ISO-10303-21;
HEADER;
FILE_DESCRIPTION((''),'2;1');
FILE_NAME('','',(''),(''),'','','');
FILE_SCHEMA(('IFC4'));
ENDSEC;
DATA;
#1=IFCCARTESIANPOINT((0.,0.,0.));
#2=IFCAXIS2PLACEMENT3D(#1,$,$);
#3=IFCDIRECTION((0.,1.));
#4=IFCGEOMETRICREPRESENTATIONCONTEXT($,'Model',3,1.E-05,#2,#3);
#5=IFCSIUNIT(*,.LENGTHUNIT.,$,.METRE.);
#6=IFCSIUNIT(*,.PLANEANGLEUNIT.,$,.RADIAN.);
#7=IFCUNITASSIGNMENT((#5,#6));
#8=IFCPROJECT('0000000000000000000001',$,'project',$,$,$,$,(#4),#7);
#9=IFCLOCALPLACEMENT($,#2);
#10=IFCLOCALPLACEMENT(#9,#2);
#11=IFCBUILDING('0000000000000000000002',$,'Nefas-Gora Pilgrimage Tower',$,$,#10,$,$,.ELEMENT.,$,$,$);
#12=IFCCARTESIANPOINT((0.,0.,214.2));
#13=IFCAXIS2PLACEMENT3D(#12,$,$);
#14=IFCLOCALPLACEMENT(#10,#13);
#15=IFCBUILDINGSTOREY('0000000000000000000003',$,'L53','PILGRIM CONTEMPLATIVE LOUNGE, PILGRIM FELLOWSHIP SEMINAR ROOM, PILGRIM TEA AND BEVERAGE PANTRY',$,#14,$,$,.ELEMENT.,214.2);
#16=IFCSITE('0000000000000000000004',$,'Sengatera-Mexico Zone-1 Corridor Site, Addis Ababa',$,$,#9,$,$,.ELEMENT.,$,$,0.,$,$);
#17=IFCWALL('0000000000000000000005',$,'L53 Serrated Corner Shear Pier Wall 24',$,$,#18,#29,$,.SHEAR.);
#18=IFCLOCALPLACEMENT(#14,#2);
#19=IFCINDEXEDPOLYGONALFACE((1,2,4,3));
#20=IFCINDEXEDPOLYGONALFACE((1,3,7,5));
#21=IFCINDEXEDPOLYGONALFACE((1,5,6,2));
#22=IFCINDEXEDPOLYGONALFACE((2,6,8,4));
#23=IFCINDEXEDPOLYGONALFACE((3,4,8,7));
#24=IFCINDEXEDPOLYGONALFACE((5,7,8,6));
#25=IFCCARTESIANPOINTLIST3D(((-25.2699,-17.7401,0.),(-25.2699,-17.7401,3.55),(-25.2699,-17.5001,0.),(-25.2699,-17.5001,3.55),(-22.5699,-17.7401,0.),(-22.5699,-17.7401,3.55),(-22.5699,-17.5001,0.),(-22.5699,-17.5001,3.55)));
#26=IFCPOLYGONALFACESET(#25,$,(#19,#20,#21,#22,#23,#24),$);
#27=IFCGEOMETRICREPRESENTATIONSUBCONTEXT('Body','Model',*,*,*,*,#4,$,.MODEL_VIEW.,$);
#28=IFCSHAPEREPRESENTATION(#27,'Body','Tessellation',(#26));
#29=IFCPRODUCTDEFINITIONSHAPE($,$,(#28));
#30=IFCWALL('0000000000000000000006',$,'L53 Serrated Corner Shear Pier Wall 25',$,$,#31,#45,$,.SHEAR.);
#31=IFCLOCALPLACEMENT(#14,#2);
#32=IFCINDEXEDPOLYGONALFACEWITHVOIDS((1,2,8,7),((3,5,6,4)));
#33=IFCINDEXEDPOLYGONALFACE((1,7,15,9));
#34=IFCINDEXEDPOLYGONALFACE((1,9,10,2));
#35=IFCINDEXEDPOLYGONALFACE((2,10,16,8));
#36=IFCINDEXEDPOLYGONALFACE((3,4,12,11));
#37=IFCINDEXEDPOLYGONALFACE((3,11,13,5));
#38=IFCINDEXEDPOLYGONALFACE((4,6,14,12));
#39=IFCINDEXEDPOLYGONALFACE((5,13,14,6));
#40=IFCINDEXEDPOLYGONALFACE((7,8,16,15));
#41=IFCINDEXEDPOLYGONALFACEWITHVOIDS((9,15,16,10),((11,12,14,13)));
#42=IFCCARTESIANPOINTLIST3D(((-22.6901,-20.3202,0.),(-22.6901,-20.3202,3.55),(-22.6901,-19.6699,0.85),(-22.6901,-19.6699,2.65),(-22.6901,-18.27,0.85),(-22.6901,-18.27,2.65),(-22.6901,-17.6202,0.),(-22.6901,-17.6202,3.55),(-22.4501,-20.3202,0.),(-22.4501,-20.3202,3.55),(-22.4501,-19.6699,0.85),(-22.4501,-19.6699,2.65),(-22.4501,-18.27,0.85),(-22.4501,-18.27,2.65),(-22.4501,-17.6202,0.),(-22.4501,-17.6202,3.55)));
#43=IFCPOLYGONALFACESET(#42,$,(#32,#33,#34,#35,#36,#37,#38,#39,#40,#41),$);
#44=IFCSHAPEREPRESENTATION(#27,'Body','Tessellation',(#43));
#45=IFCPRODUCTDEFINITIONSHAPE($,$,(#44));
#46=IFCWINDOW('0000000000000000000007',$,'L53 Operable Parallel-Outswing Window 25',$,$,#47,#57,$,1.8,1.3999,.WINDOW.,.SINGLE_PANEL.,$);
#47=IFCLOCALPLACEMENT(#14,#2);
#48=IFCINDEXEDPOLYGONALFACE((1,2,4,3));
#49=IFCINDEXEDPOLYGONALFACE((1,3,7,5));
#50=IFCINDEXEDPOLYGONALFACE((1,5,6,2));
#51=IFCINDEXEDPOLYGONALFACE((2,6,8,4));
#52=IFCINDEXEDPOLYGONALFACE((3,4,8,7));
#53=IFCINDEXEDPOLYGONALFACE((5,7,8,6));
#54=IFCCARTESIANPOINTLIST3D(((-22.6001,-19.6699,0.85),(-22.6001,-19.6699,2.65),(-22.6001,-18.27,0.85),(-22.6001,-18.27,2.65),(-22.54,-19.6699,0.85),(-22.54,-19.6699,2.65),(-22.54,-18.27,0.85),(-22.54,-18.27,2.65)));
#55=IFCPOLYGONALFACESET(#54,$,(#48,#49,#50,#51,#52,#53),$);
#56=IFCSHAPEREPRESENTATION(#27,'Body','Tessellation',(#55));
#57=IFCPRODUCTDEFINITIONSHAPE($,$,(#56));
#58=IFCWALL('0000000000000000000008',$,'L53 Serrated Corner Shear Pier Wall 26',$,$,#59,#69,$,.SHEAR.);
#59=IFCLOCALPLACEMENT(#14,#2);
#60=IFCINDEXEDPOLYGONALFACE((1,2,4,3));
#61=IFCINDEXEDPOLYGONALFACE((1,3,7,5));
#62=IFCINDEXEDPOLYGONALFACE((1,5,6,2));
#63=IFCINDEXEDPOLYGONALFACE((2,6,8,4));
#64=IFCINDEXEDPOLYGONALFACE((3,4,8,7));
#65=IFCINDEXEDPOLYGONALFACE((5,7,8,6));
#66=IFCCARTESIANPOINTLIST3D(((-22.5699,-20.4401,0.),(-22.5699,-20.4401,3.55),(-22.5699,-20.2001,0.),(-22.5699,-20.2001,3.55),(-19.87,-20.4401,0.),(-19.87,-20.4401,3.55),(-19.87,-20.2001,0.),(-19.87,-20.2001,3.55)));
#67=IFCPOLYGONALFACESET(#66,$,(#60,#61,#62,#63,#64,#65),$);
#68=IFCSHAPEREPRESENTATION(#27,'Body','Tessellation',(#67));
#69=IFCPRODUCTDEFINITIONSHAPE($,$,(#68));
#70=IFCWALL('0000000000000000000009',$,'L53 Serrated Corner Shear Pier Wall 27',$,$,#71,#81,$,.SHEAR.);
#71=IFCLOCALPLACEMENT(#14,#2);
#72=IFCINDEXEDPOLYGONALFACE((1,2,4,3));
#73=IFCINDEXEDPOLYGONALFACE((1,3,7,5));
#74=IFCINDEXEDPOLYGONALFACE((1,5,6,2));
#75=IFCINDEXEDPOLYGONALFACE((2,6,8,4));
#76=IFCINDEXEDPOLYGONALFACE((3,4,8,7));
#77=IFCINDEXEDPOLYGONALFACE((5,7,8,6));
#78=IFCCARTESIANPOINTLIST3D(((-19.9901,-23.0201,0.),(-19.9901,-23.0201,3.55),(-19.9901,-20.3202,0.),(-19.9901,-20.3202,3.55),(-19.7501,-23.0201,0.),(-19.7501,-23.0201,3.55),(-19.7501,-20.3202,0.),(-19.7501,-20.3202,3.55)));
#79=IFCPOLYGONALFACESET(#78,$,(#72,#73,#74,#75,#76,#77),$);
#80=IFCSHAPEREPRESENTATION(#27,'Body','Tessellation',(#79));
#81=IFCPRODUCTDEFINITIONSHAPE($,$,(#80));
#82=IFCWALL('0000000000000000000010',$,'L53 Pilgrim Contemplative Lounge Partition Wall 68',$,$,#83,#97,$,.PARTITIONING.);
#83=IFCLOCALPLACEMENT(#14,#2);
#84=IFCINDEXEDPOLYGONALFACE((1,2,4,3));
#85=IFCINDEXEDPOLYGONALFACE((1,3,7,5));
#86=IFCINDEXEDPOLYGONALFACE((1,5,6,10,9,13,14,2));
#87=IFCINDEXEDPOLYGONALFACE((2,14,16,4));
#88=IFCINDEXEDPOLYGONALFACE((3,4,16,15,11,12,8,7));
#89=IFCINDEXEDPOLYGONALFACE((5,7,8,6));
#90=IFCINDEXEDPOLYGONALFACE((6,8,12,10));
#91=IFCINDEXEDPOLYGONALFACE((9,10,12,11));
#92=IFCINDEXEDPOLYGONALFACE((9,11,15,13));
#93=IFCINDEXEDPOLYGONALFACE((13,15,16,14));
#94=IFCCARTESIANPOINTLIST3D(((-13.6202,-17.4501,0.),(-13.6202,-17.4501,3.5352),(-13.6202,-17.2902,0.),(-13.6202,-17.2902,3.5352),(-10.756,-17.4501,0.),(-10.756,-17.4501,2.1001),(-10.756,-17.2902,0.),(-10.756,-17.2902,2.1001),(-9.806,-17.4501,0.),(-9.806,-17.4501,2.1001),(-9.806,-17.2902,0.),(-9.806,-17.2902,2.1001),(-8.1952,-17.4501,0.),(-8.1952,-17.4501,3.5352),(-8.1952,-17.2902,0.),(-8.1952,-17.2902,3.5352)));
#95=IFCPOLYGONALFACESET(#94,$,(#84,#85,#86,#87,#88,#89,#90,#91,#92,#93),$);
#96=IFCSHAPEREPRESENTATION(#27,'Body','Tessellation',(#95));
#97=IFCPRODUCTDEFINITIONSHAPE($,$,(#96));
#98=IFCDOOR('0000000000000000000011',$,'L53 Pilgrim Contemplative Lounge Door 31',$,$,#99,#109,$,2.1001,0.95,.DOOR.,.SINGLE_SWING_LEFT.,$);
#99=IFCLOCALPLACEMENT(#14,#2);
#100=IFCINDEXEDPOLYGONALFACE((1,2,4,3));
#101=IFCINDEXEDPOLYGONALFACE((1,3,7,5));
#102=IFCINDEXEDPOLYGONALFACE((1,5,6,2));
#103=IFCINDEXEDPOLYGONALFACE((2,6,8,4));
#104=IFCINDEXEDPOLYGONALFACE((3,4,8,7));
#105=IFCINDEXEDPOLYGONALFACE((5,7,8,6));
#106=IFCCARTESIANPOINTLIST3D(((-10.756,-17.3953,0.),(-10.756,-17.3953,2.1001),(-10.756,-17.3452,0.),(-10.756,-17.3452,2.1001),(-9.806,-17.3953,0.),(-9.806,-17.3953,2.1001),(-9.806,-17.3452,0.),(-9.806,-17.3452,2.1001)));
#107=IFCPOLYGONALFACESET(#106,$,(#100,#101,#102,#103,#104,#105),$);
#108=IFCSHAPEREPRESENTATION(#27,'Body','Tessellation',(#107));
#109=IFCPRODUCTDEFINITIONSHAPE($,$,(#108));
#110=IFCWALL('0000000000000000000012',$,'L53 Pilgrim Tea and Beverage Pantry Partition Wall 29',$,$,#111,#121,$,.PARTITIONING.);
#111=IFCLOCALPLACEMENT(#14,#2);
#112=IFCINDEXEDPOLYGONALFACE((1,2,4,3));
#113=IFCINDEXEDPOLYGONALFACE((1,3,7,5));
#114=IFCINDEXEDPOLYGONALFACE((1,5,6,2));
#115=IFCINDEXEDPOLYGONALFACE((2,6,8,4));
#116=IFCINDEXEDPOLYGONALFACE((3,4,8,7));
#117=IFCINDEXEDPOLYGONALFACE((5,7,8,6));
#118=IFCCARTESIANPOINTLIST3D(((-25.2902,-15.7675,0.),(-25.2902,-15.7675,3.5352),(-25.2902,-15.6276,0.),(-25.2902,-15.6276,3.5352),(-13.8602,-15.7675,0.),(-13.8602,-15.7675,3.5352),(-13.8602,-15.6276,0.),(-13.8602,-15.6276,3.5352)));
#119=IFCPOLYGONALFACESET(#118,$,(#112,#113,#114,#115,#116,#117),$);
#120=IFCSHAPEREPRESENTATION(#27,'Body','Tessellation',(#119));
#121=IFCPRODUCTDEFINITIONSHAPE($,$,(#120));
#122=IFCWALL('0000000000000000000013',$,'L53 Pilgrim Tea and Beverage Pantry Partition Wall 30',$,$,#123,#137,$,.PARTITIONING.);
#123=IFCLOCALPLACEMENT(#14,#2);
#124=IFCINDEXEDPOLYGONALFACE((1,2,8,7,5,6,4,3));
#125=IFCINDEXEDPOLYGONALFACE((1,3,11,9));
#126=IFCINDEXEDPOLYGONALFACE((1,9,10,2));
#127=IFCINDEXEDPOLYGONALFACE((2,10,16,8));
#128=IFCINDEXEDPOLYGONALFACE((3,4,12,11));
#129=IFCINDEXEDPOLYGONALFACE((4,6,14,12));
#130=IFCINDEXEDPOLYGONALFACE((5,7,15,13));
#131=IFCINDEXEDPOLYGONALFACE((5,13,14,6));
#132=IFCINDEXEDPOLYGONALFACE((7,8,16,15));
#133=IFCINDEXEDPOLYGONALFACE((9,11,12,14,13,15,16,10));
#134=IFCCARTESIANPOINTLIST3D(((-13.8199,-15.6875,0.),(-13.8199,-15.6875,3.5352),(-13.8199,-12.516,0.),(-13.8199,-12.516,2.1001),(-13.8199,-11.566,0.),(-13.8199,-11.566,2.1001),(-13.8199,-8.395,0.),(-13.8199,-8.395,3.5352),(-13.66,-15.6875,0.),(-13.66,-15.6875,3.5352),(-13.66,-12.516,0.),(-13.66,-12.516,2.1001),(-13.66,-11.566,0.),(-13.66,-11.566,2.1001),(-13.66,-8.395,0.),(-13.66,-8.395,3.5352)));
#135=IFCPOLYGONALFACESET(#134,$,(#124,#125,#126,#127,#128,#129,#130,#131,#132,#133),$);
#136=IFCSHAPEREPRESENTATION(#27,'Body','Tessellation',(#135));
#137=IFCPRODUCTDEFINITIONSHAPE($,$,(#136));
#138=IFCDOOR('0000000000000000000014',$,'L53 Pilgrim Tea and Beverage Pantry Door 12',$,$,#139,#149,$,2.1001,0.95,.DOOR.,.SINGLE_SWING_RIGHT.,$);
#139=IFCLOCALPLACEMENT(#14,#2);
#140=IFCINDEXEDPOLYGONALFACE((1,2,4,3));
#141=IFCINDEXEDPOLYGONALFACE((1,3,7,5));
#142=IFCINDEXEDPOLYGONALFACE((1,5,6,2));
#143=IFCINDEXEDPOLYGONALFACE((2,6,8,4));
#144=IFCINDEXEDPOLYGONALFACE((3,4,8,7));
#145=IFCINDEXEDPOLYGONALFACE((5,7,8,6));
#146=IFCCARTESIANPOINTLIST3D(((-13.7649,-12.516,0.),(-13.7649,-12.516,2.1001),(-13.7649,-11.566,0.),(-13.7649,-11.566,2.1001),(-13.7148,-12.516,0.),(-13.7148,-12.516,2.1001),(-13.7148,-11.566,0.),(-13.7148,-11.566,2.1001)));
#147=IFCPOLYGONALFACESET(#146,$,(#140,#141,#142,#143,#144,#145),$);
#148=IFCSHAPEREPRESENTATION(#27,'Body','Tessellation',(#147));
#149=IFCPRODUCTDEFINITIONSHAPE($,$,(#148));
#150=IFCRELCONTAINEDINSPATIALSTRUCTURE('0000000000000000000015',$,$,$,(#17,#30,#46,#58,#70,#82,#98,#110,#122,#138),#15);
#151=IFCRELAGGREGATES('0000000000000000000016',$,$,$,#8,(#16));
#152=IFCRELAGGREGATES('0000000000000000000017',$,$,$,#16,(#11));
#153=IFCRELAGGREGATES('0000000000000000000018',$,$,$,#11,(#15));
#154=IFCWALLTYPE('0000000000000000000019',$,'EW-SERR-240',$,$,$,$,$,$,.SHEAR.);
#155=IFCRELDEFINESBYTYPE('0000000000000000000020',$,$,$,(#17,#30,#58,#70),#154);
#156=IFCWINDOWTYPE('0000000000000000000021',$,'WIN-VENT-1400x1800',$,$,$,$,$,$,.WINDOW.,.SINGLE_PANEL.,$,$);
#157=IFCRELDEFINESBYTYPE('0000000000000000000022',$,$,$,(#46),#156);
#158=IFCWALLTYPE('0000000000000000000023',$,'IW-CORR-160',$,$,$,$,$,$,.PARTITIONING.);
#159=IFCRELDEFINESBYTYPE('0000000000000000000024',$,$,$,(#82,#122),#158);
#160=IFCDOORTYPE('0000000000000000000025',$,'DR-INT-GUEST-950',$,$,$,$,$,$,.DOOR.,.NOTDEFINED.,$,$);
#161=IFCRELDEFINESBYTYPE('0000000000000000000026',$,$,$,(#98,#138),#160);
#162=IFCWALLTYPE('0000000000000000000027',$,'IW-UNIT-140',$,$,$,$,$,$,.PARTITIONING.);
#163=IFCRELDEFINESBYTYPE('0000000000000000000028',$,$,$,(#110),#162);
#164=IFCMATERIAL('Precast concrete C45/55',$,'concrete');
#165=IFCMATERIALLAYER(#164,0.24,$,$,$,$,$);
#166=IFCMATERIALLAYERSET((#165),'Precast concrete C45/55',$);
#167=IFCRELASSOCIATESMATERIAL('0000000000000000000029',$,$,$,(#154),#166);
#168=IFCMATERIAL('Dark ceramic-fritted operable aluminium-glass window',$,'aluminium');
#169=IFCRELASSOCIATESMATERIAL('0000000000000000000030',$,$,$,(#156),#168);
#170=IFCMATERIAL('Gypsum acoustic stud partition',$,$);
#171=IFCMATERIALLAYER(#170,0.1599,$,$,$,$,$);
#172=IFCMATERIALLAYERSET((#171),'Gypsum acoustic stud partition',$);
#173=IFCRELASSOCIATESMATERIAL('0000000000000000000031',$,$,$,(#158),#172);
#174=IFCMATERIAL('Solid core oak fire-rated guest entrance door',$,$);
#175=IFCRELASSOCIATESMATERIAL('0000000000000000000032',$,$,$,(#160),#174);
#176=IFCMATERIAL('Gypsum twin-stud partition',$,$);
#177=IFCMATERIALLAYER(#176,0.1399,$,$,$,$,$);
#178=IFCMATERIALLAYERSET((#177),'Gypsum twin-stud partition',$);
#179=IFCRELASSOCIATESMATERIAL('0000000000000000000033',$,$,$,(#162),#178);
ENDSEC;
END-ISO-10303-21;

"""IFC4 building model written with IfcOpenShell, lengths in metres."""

from ifc_helpers import new_model, si_unit, direction, frame, frame_2d, origin, place, context, subcontext, project, spatial, rectangle, extrude, source, transform, mapped, material, layer, layer_set, type_object, element, fill, save


model = new_model("IFC4")

# Units and contexts
model_context = context("Model", 3, precision=1e-05, world=origin(), true_north=direction((0.0, 1.0)))
body_context = subcontext(model_context, "Body", "Model", "MODEL_VIEW")
ifc_project = project(units=[si_unit("LENGTHUNIT", "METRE"), si_unit("PLANEANGLEUNIT", "RADIAN")], contexts=[model_context])

# Site, building, storey
site_placement = place(None, origin())
site = spatial("IfcSite", under=ifc_project, at=site_placement, Name="Sengatera-Mexico Zone-1 Corridor Site, Addis Ababa", CompositionType="ELEMENT", RefElevation=0.0)
building_placement = place(site_placement, origin())
building = spatial("IfcBuilding", under=site, at=building_placement, Name="Nefas-Gora Pilgrimage Tower", CompositionType="ELEMENT")
storey_placement = place(building_placement, frame((0.0, 0.0, 214.2)))
storey = spatial("IfcBuildingStorey", under=building, at=storey_placement, Name="L53", Description="PILGRIM CONTEMPLATIVE LOUNGE, PILGRIM FELLOWSHIP SEMINAR ROOM, PILGRIM TEA AND BEVERAGE PANTRY", CompositionType="ELEMENT", Elevation=214.2)

# Wall
ifc_material_1 = material(Name="Precast concrete C45/55", Category="concrete")
ifc_layer_1 = layer(ifc_material_1, 0.24)
ifc_layer_set_1 = layer_set([ifc_layer_1], Name="Precast concrete C45/55")
wall_type_1 = type_object("IfcWallType", Name="EW-SERR-240", PredefinedType="SHEAR", material=ifc_layer_set_1)
shared_shape_1 = source(origin(), body_context, "Body", "SweptSolid", [
    extrude(rectangle(XDim=2.7, YDim=0.24, at=frame_2d((1.3501, 0.0))), origin(), (0.0, 0.0, 1.0), 3.55),
])
wall_1_placement = place(storey_placement, frame((-25.27, -17.6201, 0.0), z_axis=(0.0, 0.0, 1.0), x_axis=(1.0, 0.0, 0.0)))
element("IfcWall", 1, at=wall_1_placement, inside=storey, type_object=wall_type_1, Name="L53 Serrated Corner Shear Pier Wall 24", PredefinedType="SHEAR", context=body_context, shape_type="MappedRepresentation", body=[
    mapped(shared_shape_1, transform((0.0, 0.0, 0.0), x_axis=(1.0, 0.0, 0.0), y_axis=(0.0, 1.0, 0.0), z_axis=(0.0, 0.0, 1.0), scale=1.0)),
])

# Wall, opening, window
wall_2_placement = place(storey_placement, frame((-22.5701, -17.6201, 0.0), z_axis=(0.0, 0.0, 1.0), x_axis=(0.0, -1.0, 0.0)))
wall_2 = element("IfcWall", 2, at=wall_2_placement, inside=storey, type_object=wall_type_1, Name="L53 Serrated Corner Shear Pier Wall 25", PredefinedType="SHEAR", context=body_context, shape_type="MappedRepresentation", body=[
    mapped(shared_shape_1, transform((0.0, 0.0, 0.0), x_axis=(1.0, 0.0, 0.0), y_axis=(0.0, 1.0, 0.0), z_axis=(0.0, 0.0, 1.0), scale=1.0)),
])
opening_1_placement = place(wall_2_placement, frame((0.6499, 0.0, 0.8501)))
opening_1 = element("IfcOpeningElement", 3, at=opening_1_placement, cuts=wall_2, PredefinedType="OPENING", context=body_context, shape_type="SweptSolid", body=[
    extrude(rectangle(XDim=1.3999, YDim=1.8, at=frame_2d((0.7, 0.8999))), frame((0.0, 0.1299, 0.0), z_axis=(0.0, -1.0, 0.0), x_axis=(1.0, 0.0, 0.0)), (0.0, 0.0, 1.0), 0.26),
])
ifc_material_2 = material(Name="Dark ceramic-fritted operable aluminium-glass window", Category="aluminium")
window_type = type_object("IfcWindowType", Name="WIN-VENT-1400x1800", PartitioningType="SINGLE_PANEL", PredefinedType="WINDOW", material=ifc_material_2)
shared_shape_2 = source(origin(), body_context, "Body", "SweptSolid", [
    extrude(rectangle(XDim=1.3999, YDim=1.8, at=frame_2d((0.7, 0.8999))), frame((0.0, 0.03, 0.0), z_axis=(0.0, -1.0, 0.0), x_axis=(1.0, 0.0, 0.0)), (0.0, 0.0, 1.0), 0.0601),
])
window_placement = place(opening_1_placement, origin())
window = element("IfcWindow", 4, at=window_placement, inside=storey, type_object=window_type, Name="L53 Operable Parallel-Outswing Window 25", OverallHeight=1.8, OverallWidth=1.3999, PartitioningType="SINGLE_PANEL", PredefinedType="WINDOW", context=body_context, shape_type="MappedRepresentation", body=[
    mapped(shared_shape_2, transform((0.0, 0.0, 0.0), x_axis=(1.0, 0.0, 0.0), y_axis=(0.0, 1.0, 0.0), z_axis=(0.0, 0.0, 1.0), scale=1.0)),
])
fill(opening_1, window)

# Walls
for number, where, z_axis, x_axis, name in (
    (5, (-22.5701, -20.3201, 0.0), (0.0, 0.0, 1.0), (1.0, 0.0, 0.0), "L53 Serrated Corner Shear Pier Wall 26"),
    (6, (-19.8701, -20.3201, 0.0), (0.0, 0.0, 1.0), (0.0, -1.0, 0.0), "L53 Serrated Corner Shear Pier Wall 27"),
):
    element("IfcWall", number, at=place(storey_placement, frame(where, z_axis=z_axis, x_axis=x_axis)), inside=storey, type_object=wall_type_1, Name=name, PredefinedType="SHEAR", context=body_context, shape_type="MappedRepresentation", body=[
        mapped(shared_shape_1, transform((0.0, 0.0, 0.0), x_axis=(1.0, 0.0, 0.0), y_axis=(0.0, 1.0, 0.0), z_axis=(0.0, 0.0, 1.0), scale=1.0)),
    ])

# Wall, opening, door
ifc_material_3 = material(Name="Gypsum acoustic stud partition")
ifc_layer_2 = layer(ifc_material_3, 0.1599)
ifc_layer_set_2 = layer_set([ifc_layer_2], Name="Gypsum acoustic stud partition")
wall_type_2 = type_object("IfcWallType", Name="IW-CORR-160", PredefinedType="PARTITIONING", material=ifc_layer_set_2)
shared_shape_3 = source(origin(), body_context, "Body", "SweptSolid", [
    extrude(rectangle(XDim=5.425, YDim=0.1599, at=frame_2d((2.7124, 0.0))), origin(), (0.0, 0.0, 1.0), 3.5352),
])
wall_3_placement = place(storey_placement, frame((-13.6201, -17.3701, 0.0), z_axis=(0.0, 0.0, 1.0), x_axis=(1.0, 0.0, 0.0)))
wall_3 = element("IfcWall", 7, at=wall_3_placement, inside=storey, type_object=wall_type_2, Name="L53 Pilgrim Contemplative Lounge Partition Wall 68", PredefinedType="PARTITIONING", context=body_context, shape_type="MappedRepresentation", body=[
    mapped(shared_shape_3, transform((0.0, 0.0, 0.0), x_axis=(1.0, 0.0, 0.0), y_axis=(0.0, 1.0, 0.0), z_axis=(0.0, 0.0, 1.0), scale=1.0)),
])
opening_2_placement = place(wall_3_placement, frame((2.864, 0.0, 0.0)))
opening_2 = element("IfcOpeningElement", 8, at=opening_2_placement, cuts=wall_3, PredefinedType="OPENING", context=body_context, shape_type="SweptSolid", body=[
    extrude(rectangle(XDim=0.95, YDim=2.1001, at=frame_2d((0.4751, 1.05))), frame((0.0, 0.0898, 0.0), z_axis=(0.0, -1.0, 0.0), x_axis=(1.0, 0.0, 0.0)), (0.0, 0.0, 1.0), 0.1799),
])
ifc_material_4 = material(Name="Solid core oak fire-rated guest entrance door")
door_type = type_object("IfcDoorType", Name="DR-INT-GUEST-950", OperationType="NOTDEFINED", PredefinedType="DOOR", material=ifc_material_4)
shared_shape_4 = source(origin(), body_context, "Body", "SweptSolid", [
    extrude(rectangle(XDim=0.95, YDim=2.1001, at=frame_2d((0.4751, 1.05))), frame((0.0, 0.0249, 0.0), z_axis=(0.0, -1.0, 0.0), x_axis=(1.0, 0.0, 0.0)), (0.0, 0.0, 1.0), 0.05),
])
door_1_placement = place(opening_2_placement, origin())
door_1 = element("IfcDoor", 9, at=door_1_placement, inside=storey, type_object=door_type, Name="L53 Pilgrim Contemplative Lounge Door 31", OperationType="SINGLE_SWING_LEFT", OverallHeight=2.1001, OverallWidth=0.95, PredefinedType="DOOR", context=body_context, shape_type="MappedRepresentation", body=[
    mapped(shared_shape_4, transform((0.0, 0.0, 0.0), x_axis=(1.0, 0.0, 0.0), y_axis=(0.0, 1.0, 0.0), z_axis=(0.0, 0.0, 1.0), scale=1.0)),
])
fill(opening_2, door_1)

# Wall
ifc_material_5 = material(Name="Gypsum twin-stud partition")
ifc_layer_3 = layer(ifc_material_5, 0.1399)
ifc_layer_set_3 = layer_set([ifc_layer_3], Name="Gypsum twin-stud partition")
wall_type_3 = type_object("IfcWallType", Name="IW-UNIT-140", PredefinedType="PARTITIONING", material=ifc_layer_set_3)
shared_shape_5 = source(origin(), body_context, "Body", "SweptSolid", [
    extrude(rectangle(XDim=11.4299, YDim=0.1399, at=frame_2d((5.7148, 0.0))), origin(), (0.0, 0.0, 1.0), 3.5352),
])
wall_4_placement = place(storey_placement, frame((-25.29, -15.6975, 0.0), z_axis=(0.0, 0.0, 1.0), x_axis=(1.0, 0.0, 0.0)))
element("IfcWall", 10, at=wall_4_placement, inside=storey, type_object=wall_type_3, Name="L53 Pilgrim Tea and Beverage Pantry Partition Wall 29", PredefinedType="PARTITIONING", context=body_context, shape_type="MappedRepresentation", body=[
    mapped(shared_shape_5, transform((0.0, 0.0, 0.0), x_axis=(1.0, 0.0, 0.0), y_axis=(0.0, 1.0, 0.0), z_axis=(0.0, 0.0, 1.0), scale=1.0)),
])

# Wall, opening, door
shared_shape_6 = source(origin(), body_context, "Body", "SweptSolid", [
    extrude(rectangle(XDim=7.2925, YDim=0.1599, at=frame_2d((3.6462, 0.0))), origin(), (0.0, 0.0, 1.0), 3.5352),
])
wall_5_placement = place(storey_placement, frame((-13.74, -15.6875, 0.0), z_axis=(0.0, 0.0, 1.0), x_axis=(0.0, 1.0, 0.0)))
wall_5 = element("IfcWall", 11, at=wall_5_placement, inside=storey, type_object=wall_type_2, Name="L53 Pilgrim Tea and Beverage Pantry Partition Wall 30", PredefinedType="PARTITIONING", context=body_context, shape_type="MappedRepresentation", body=[
    mapped(shared_shape_6, transform((0.0, 0.0, 0.0), x_axis=(1.0, 0.0, 0.0), y_axis=(0.0, 1.0, 0.0), z_axis=(0.0, 0.0, 1.0), scale=1.0)),
])
opening_3_placement = place(wall_5_placement, frame((3.1714, 0.0, 0.0)))
opening_3 = element("IfcOpeningElement", 12, at=opening_3_placement, cuts=wall_5, PredefinedType="OPENING", context=body_context, shape_type="SweptSolid", body=[
    extrude(rectangle(XDim=0.95, YDim=2.1001, at=frame_2d((0.4751, 1.05))), frame((0.0, 0.0898, 0.0), z_axis=(0.0, -1.0, 0.0), x_axis=(1.0, 0.0, 0.0)), (0.0, 0.0, 1.0), 0.1799),
])
door_2_placement = place(opening_3_placement, origin())
door_2 = element("IfcDoor", 13, at=door_2_placement, inside=storey, type_object=door_type, Name="L53 Pilgrim Tea and Beverage Pantry Door 12", OperationType="SINGLE_SWING_RIGHT", OverallHeight=2.1001, OverallWidth=0.95, PredefinedType="DOOR", context=body_context, shape_type="MappedRepresentation", body=[
    mapped(shared_shape_4, transform((0.0, 0.0, 0.0), x_axis=(1.0, 0.0, 0.0), y_axis=(0.0, 1.0, 0.0), z_axis=(0.0, 0.0, 1.0), scale=1.0)),
])
fill(opening_3, door_2)

save(model, "model.ifc")
